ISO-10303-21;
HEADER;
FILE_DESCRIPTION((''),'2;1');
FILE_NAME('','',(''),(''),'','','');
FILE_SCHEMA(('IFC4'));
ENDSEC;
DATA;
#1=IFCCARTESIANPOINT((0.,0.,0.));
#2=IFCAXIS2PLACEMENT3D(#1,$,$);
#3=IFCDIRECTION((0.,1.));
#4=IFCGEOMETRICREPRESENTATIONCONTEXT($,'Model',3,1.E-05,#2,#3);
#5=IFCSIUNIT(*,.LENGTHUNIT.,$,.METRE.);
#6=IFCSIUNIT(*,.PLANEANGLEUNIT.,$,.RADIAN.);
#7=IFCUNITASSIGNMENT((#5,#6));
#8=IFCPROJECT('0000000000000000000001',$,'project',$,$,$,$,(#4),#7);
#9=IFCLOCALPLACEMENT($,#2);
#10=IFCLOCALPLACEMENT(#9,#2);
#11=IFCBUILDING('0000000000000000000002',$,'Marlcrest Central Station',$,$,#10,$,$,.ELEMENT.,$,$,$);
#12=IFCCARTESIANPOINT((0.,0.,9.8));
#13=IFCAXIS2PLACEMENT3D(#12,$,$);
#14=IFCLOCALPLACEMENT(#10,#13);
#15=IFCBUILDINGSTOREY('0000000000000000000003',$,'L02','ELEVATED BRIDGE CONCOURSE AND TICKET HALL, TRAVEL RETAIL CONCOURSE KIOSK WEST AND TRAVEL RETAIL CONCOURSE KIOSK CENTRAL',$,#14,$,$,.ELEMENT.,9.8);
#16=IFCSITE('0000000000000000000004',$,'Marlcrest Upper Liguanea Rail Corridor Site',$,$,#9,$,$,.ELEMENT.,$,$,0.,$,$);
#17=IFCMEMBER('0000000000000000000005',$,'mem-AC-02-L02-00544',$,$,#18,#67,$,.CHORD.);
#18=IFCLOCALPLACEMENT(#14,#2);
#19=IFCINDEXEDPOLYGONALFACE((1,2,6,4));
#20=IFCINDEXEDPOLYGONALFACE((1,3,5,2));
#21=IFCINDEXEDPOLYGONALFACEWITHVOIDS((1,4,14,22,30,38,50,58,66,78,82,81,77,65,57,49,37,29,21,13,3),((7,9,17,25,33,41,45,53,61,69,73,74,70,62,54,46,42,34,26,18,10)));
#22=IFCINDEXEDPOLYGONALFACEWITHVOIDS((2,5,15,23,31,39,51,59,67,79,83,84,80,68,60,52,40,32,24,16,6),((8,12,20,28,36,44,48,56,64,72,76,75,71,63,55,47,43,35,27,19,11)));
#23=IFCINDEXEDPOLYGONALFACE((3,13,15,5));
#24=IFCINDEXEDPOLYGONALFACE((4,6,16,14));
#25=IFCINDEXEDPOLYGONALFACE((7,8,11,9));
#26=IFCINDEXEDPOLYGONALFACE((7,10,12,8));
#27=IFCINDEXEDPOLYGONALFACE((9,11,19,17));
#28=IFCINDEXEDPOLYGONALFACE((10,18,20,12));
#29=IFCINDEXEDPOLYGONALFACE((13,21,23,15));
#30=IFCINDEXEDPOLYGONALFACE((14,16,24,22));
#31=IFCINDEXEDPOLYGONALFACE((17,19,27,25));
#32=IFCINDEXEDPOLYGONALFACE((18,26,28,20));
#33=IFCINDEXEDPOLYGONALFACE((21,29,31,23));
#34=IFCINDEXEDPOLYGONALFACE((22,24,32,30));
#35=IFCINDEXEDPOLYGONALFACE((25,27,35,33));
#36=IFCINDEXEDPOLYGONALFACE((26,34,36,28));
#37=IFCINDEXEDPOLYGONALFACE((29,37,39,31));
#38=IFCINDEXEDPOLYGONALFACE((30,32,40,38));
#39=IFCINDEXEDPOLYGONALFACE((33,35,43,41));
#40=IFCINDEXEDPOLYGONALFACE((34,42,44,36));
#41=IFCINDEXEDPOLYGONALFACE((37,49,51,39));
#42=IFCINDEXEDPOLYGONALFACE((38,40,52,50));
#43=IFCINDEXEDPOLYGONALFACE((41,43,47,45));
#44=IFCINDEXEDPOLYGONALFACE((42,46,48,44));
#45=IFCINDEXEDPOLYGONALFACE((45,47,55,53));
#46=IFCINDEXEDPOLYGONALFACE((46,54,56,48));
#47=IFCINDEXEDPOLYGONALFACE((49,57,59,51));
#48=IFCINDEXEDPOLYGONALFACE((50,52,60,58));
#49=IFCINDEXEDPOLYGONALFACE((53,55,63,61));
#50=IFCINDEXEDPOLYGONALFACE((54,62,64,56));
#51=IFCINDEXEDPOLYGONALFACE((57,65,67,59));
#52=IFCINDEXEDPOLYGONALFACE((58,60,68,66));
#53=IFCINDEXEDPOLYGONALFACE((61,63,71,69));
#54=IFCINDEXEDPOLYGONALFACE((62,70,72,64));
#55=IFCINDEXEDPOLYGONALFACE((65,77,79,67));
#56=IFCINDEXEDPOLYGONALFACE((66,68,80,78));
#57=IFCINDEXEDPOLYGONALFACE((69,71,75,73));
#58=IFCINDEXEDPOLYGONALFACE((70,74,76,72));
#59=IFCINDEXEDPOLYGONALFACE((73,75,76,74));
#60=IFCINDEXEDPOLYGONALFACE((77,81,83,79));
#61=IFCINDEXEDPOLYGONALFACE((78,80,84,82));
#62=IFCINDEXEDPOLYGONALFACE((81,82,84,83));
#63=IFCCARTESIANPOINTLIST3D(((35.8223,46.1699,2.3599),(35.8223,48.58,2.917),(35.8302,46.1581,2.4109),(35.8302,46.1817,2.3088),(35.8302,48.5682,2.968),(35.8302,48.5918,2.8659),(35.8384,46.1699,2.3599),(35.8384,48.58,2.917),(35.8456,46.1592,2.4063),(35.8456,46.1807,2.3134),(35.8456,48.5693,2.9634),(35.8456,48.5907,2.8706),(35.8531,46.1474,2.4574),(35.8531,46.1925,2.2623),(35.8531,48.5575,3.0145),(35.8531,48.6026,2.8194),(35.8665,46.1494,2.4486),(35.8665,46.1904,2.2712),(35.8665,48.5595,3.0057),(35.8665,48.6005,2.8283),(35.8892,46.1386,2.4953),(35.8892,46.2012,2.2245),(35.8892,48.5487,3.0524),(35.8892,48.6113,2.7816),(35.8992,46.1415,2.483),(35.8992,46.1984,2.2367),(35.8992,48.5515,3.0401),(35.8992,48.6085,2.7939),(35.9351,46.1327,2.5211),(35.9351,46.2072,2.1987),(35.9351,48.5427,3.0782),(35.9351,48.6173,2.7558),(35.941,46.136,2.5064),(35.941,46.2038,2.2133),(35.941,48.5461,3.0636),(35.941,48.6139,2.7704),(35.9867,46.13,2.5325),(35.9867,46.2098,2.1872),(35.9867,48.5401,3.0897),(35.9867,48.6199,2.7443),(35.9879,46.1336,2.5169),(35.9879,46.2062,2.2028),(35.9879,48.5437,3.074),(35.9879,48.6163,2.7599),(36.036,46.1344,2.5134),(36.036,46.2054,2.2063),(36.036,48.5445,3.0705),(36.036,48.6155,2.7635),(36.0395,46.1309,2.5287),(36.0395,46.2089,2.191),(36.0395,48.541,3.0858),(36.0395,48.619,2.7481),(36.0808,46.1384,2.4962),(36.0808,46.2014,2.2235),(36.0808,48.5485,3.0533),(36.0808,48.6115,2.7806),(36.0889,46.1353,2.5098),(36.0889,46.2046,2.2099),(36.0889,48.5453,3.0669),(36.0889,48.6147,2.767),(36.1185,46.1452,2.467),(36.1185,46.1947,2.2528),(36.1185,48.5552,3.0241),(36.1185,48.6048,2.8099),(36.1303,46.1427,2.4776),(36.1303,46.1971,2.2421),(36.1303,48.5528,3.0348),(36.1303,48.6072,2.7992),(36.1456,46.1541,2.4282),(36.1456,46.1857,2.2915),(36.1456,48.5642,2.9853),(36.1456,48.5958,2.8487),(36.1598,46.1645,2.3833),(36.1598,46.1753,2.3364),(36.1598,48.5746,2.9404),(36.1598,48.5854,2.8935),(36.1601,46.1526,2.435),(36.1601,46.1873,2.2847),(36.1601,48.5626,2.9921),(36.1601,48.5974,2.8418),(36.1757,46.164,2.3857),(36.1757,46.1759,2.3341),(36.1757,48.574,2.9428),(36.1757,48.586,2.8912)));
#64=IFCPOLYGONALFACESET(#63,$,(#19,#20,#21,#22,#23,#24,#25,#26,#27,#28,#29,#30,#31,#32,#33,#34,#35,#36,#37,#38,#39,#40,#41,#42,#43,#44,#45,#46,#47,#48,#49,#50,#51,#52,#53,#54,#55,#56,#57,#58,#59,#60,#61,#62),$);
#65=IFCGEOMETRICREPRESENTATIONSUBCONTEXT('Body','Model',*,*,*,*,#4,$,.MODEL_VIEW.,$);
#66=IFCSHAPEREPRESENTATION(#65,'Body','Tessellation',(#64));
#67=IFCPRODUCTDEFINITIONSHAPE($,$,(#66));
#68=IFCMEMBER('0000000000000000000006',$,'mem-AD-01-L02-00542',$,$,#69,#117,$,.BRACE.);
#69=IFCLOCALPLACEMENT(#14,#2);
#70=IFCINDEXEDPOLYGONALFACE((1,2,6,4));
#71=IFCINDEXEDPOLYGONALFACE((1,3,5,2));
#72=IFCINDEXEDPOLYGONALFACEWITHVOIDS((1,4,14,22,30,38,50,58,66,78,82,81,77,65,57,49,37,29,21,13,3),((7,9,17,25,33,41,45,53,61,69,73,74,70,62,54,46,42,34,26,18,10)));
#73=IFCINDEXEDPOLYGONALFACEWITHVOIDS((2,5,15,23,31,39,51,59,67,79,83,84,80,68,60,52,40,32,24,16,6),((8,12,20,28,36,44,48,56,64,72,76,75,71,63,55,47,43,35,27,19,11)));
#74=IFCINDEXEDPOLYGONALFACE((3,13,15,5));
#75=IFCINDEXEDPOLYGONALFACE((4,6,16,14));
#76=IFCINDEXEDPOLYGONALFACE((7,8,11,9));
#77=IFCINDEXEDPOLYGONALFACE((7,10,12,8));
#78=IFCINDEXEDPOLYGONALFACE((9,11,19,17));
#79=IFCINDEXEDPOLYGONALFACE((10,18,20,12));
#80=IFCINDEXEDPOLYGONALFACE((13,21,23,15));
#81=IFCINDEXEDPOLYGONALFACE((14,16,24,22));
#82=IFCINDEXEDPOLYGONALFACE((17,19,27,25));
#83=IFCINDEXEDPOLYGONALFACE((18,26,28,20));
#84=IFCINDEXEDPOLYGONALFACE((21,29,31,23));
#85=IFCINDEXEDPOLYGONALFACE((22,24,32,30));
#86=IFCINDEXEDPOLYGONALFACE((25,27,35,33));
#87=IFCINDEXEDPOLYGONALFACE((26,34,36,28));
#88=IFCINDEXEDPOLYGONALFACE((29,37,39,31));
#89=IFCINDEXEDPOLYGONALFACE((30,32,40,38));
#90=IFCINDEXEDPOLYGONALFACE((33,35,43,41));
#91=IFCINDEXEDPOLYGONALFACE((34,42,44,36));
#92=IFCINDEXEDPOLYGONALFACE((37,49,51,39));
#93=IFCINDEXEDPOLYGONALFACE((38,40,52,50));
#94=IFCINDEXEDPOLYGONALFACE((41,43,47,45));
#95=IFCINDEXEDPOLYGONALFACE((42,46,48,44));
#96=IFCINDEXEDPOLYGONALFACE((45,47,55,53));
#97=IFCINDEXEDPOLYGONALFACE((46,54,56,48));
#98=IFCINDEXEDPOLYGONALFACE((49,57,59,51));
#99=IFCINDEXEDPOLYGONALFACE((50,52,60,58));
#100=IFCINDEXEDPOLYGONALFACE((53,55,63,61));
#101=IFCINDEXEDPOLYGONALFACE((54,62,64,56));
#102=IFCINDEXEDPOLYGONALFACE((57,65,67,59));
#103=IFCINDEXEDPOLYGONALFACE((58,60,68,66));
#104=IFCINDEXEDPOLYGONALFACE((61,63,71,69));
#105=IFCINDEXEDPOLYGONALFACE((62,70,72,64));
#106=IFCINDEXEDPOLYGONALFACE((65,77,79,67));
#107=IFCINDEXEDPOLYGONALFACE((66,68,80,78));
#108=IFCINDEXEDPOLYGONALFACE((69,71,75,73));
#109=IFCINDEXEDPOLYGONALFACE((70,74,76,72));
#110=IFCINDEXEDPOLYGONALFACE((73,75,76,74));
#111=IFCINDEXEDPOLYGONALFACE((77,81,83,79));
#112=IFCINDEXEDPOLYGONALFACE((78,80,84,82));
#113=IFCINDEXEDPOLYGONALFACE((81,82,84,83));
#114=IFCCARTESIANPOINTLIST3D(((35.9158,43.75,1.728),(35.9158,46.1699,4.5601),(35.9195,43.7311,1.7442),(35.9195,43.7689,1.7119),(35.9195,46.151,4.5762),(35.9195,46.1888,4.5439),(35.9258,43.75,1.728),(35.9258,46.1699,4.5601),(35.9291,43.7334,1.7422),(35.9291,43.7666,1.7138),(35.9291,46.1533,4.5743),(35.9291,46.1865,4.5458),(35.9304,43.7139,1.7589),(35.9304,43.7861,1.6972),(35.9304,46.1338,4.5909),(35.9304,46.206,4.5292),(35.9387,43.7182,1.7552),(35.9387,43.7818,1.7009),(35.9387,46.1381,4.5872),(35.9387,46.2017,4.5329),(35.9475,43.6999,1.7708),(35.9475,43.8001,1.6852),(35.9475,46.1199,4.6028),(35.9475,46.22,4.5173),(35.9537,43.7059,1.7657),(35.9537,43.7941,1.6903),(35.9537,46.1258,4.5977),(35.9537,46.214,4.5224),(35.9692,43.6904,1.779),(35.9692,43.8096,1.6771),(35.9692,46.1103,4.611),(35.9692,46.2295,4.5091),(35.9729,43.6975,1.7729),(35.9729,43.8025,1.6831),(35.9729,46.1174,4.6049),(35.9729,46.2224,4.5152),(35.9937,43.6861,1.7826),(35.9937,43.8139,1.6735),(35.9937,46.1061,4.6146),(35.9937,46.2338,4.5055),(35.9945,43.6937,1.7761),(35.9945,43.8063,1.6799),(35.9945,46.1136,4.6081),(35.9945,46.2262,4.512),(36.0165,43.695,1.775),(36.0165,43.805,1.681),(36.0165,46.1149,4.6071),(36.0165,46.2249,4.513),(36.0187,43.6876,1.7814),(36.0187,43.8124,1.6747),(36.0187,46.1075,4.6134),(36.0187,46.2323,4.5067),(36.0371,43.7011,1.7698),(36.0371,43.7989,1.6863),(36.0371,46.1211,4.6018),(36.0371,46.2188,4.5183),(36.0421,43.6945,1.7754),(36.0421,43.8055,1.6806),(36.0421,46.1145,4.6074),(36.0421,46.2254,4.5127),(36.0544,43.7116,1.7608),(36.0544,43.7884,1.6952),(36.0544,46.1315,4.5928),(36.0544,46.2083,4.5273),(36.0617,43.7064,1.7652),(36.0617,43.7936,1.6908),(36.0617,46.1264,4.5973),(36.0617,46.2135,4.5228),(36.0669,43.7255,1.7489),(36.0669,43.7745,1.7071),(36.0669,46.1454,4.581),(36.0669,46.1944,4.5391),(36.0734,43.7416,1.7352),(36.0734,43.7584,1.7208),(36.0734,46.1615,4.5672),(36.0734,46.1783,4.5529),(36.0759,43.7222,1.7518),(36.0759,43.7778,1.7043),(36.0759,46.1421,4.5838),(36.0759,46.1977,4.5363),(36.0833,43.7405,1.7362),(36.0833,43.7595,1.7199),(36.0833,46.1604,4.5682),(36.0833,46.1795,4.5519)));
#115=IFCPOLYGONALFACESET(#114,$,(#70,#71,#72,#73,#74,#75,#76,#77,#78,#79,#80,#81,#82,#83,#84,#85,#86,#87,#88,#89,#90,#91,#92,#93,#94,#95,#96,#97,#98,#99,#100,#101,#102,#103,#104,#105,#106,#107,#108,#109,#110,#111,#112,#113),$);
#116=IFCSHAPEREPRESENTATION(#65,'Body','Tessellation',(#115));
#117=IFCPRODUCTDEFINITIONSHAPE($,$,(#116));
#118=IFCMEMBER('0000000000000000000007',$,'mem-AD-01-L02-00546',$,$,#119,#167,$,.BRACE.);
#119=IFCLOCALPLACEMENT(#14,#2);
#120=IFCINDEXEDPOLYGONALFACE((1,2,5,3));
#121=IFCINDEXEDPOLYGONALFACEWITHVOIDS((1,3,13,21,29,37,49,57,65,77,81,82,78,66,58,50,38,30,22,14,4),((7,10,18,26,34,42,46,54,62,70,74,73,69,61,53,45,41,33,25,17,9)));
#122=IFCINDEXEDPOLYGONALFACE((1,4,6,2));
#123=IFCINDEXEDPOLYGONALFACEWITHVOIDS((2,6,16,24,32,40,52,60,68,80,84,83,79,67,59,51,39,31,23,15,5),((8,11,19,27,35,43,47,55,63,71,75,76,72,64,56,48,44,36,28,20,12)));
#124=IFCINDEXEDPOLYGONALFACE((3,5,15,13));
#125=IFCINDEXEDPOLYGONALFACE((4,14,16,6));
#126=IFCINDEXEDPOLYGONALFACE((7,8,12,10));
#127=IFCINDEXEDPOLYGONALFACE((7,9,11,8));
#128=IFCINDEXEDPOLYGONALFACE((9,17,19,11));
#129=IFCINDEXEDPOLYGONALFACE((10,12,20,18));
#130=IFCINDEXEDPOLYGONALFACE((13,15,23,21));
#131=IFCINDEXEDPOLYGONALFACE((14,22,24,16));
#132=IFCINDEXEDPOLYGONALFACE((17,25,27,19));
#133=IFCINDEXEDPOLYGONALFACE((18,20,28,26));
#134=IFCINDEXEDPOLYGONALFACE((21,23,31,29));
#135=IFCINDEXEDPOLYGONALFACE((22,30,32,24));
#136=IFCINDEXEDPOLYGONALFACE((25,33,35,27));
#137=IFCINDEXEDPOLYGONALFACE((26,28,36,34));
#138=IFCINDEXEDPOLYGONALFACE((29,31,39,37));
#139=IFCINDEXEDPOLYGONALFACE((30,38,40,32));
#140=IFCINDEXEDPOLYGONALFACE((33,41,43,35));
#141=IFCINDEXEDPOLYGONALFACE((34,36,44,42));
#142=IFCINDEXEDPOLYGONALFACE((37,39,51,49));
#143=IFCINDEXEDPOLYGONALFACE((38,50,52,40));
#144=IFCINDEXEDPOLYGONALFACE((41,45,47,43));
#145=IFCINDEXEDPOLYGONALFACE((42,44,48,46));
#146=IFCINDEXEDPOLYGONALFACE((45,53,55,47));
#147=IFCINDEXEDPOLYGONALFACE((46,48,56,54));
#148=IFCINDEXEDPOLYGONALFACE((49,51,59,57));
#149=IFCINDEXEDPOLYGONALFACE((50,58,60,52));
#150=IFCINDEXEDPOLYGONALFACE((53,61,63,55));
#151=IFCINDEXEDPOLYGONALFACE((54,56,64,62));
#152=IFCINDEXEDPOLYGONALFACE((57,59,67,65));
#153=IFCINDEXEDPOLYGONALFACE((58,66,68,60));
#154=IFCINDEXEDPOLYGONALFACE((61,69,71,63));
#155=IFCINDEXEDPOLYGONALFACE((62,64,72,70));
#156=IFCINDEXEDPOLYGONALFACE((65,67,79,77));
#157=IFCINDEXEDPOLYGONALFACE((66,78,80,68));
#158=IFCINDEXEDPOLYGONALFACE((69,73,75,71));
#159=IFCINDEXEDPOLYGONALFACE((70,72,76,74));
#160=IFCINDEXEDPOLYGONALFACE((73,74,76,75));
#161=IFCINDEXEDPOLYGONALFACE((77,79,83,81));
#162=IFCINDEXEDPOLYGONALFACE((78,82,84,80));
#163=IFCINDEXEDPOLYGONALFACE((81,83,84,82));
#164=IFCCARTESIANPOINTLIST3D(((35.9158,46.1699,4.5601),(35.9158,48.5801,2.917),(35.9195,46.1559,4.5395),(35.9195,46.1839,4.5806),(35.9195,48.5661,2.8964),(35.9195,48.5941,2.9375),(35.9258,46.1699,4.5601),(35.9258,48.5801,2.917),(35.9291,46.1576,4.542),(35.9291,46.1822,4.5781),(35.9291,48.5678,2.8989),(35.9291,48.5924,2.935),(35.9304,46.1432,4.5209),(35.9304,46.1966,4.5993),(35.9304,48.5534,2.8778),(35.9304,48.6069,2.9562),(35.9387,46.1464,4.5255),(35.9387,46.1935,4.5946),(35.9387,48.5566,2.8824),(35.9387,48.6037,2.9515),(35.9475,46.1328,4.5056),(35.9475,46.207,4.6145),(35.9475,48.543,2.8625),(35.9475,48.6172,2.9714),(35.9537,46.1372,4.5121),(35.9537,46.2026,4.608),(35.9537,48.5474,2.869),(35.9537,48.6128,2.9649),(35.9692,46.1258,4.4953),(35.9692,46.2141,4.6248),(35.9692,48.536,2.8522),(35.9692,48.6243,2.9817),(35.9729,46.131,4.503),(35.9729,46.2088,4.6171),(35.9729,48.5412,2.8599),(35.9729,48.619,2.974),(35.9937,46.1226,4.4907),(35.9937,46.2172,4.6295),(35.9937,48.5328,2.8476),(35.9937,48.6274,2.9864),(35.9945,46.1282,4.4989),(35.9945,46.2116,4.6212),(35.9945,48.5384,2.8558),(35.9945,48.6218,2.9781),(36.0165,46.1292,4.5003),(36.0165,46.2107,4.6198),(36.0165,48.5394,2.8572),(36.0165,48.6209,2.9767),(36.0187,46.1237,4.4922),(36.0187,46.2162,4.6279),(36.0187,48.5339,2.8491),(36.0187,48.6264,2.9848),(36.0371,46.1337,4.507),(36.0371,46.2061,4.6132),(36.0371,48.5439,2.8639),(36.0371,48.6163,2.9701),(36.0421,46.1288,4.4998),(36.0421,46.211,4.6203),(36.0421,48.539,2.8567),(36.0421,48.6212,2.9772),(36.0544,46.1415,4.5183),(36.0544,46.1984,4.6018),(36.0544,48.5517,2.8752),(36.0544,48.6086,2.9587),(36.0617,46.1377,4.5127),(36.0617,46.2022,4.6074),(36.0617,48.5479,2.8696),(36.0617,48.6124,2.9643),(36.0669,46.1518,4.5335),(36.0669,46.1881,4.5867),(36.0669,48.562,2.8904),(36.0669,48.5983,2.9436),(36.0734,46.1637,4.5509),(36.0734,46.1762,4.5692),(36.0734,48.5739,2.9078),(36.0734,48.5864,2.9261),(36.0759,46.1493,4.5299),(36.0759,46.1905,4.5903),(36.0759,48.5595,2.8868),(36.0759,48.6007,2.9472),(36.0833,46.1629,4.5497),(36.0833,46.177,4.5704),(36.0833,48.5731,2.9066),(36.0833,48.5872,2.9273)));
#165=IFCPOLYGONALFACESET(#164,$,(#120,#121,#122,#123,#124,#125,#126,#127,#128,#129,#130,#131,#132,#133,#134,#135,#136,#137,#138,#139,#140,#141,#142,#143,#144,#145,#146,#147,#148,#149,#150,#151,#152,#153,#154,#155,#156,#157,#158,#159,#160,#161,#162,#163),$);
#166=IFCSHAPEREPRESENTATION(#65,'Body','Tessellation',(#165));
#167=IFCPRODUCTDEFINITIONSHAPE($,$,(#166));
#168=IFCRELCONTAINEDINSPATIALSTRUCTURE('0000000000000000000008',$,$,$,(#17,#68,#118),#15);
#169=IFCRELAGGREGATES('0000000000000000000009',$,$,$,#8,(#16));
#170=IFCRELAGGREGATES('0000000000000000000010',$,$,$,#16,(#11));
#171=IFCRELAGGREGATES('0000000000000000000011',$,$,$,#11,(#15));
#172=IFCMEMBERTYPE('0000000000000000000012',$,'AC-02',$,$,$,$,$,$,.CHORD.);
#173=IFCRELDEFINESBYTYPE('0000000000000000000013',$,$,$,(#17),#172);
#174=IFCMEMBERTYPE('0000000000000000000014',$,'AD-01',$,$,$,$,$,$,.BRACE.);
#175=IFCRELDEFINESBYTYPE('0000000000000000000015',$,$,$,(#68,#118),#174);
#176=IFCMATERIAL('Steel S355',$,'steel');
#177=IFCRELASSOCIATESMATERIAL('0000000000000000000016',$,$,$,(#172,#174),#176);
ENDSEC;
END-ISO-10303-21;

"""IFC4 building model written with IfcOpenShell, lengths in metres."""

from ifc_helpers import new_model, si_unit, direction, frame, origin, origin_2d, place, context, subcontext, project, spatial, hollow_circle, extrude, material, material_profile, profile_set, type_object, element, save


model = new_model("IFC4")

# Units and contexts
model_context = context("Model", 3, precision=1e-05, world=origin(), true_north=direction((0.0, 1.0)))
body_context = subcontext(model_context, "Body", "Model", "MODEL_VIEW")
ifc_project = project(units=[si_unit("LENGTHUNIT", "METRE"), si_unit("PLANEANGLEUNIT", "RADIAN")], contexts=[model_context])

# Site, building, storey
site_placement = place(None, origin())
site = spatial("IfcSite", under=ifc_project, at=site_placement, Name="Marlcrest Upper Liguanea Rail Corridor Site", CompositionType="ELEMENT", RefElevation=0.0)
building_placement = place(site_placement, origin())
building = spatial("IfcBuilding", under=site, at=building_placement, Name="Marlcrest Central Station", CompositionType="ELEMENT")
storey_placement = place(building_placement, frame((0.0, 0.0, 9.8)))
storey = spatial("IfcBuildingStorey", under=building, at=storey_placement, Name="L02", Description="ELEVATED BRIDGE CONCOURSE AND TICKET HALL, TRAVEL RETAIL CONCOURSE KIOSK WEST AND TRAVEL RETAIL CONCOURSE KIOSK CENTRAL", CompositionType="ELEMENT", Elevation=9.8)

# Members
ifc_material_1 = material(Name="Steel S355", Category="steel")
ifc_material_profile_1 = material_profile(ifc_material_1, hollow_circle(Radius=0.1777, WallThickness=0.0161, at=origin_2d()), Name="CHS 355.6x16")
ifc_profile_set_1 = profile_set([ifc_material_profile_1], Name="Steel S355")
member_type_1 = type_object("IfcMemberType", Name="AC-02", PredefinedType="CHORD", material=ifc_profile_set_1)
member_1_placement = place(storey_placement, frame((36.0, 46.1699, 2.3599), z_axis=(0.0, 0.974308, 0.22522), x_axis=(-1.0, 0.0, 0.0)))
element("IfcMember", 1, at=member_1_placement, inside=storey, type_object=member_type_1, Name="mem-AC-02-L02-00544", PredefinedType="CHORD", context=body_context, shape_type="SweptSolid", body=[
    extrude(hollow_circle(Radius=0.1777, WallThickness=0.0161, at=origin_2d()), origin(), (0.0, 0.0, 1.0), 2.4736),
])
ifc_material_profile_2 = material_profile(ifc_material_1, hollow_circle(Radius=0.0842, WallThickness=0.01, at=origin_2d()), Name="CHS 168.3x10")
ifc_profile_set_2 = profile_set([ifc_material_profile_2], Name="Steel S355")
member_type_2 = type_object("IfcMemberType", Name="AD-01", PredefinedType="BRACE", material=ifc_profile_set_2)
member_2_placement = place(storey_placement, frame((36.0, 43.75, 1.728), z_axis=(0.0, 0.649625, 0.760255), x_axis=(-1.0, 0.0, 0.0)))
element("IfcMember", 2, at=member_2_placement, inside=storey, type_object=member_type_2, Name="mem-AD-01-L02-00542", PredefinedType="BRACE", context=body_context, shape_type="SweptSolid", body=[
    extrude(hollow_circle(Radius=0.0842, WallThickness=0.01, at=origin_2d()), origin(), (0.0, 0.0, 1.0), 3.7251),
])
member_3_placement = place(storey_placement, frame((36.0, 46.1699, 4.5601), z_axis=(0.0, 0.826263, -0.563285), x_axis=(-1.0, 0.0, 0.0)))
element("IfcMember", 3, at=member_3_placement, inside=storey, type_object=member_type_2, Name="mem-AD-01-L02-00546", PredefinedType="BRACE", context=body_context, shape_type="SweptSolid", body=[
    extrude(hollow_circle(Radius=0.0842, WallThickness=0.01, at=origin_2d()), origin(), (0.0, 0.0, 1.0), 2.917),
])

save(model, "model.ifc")
